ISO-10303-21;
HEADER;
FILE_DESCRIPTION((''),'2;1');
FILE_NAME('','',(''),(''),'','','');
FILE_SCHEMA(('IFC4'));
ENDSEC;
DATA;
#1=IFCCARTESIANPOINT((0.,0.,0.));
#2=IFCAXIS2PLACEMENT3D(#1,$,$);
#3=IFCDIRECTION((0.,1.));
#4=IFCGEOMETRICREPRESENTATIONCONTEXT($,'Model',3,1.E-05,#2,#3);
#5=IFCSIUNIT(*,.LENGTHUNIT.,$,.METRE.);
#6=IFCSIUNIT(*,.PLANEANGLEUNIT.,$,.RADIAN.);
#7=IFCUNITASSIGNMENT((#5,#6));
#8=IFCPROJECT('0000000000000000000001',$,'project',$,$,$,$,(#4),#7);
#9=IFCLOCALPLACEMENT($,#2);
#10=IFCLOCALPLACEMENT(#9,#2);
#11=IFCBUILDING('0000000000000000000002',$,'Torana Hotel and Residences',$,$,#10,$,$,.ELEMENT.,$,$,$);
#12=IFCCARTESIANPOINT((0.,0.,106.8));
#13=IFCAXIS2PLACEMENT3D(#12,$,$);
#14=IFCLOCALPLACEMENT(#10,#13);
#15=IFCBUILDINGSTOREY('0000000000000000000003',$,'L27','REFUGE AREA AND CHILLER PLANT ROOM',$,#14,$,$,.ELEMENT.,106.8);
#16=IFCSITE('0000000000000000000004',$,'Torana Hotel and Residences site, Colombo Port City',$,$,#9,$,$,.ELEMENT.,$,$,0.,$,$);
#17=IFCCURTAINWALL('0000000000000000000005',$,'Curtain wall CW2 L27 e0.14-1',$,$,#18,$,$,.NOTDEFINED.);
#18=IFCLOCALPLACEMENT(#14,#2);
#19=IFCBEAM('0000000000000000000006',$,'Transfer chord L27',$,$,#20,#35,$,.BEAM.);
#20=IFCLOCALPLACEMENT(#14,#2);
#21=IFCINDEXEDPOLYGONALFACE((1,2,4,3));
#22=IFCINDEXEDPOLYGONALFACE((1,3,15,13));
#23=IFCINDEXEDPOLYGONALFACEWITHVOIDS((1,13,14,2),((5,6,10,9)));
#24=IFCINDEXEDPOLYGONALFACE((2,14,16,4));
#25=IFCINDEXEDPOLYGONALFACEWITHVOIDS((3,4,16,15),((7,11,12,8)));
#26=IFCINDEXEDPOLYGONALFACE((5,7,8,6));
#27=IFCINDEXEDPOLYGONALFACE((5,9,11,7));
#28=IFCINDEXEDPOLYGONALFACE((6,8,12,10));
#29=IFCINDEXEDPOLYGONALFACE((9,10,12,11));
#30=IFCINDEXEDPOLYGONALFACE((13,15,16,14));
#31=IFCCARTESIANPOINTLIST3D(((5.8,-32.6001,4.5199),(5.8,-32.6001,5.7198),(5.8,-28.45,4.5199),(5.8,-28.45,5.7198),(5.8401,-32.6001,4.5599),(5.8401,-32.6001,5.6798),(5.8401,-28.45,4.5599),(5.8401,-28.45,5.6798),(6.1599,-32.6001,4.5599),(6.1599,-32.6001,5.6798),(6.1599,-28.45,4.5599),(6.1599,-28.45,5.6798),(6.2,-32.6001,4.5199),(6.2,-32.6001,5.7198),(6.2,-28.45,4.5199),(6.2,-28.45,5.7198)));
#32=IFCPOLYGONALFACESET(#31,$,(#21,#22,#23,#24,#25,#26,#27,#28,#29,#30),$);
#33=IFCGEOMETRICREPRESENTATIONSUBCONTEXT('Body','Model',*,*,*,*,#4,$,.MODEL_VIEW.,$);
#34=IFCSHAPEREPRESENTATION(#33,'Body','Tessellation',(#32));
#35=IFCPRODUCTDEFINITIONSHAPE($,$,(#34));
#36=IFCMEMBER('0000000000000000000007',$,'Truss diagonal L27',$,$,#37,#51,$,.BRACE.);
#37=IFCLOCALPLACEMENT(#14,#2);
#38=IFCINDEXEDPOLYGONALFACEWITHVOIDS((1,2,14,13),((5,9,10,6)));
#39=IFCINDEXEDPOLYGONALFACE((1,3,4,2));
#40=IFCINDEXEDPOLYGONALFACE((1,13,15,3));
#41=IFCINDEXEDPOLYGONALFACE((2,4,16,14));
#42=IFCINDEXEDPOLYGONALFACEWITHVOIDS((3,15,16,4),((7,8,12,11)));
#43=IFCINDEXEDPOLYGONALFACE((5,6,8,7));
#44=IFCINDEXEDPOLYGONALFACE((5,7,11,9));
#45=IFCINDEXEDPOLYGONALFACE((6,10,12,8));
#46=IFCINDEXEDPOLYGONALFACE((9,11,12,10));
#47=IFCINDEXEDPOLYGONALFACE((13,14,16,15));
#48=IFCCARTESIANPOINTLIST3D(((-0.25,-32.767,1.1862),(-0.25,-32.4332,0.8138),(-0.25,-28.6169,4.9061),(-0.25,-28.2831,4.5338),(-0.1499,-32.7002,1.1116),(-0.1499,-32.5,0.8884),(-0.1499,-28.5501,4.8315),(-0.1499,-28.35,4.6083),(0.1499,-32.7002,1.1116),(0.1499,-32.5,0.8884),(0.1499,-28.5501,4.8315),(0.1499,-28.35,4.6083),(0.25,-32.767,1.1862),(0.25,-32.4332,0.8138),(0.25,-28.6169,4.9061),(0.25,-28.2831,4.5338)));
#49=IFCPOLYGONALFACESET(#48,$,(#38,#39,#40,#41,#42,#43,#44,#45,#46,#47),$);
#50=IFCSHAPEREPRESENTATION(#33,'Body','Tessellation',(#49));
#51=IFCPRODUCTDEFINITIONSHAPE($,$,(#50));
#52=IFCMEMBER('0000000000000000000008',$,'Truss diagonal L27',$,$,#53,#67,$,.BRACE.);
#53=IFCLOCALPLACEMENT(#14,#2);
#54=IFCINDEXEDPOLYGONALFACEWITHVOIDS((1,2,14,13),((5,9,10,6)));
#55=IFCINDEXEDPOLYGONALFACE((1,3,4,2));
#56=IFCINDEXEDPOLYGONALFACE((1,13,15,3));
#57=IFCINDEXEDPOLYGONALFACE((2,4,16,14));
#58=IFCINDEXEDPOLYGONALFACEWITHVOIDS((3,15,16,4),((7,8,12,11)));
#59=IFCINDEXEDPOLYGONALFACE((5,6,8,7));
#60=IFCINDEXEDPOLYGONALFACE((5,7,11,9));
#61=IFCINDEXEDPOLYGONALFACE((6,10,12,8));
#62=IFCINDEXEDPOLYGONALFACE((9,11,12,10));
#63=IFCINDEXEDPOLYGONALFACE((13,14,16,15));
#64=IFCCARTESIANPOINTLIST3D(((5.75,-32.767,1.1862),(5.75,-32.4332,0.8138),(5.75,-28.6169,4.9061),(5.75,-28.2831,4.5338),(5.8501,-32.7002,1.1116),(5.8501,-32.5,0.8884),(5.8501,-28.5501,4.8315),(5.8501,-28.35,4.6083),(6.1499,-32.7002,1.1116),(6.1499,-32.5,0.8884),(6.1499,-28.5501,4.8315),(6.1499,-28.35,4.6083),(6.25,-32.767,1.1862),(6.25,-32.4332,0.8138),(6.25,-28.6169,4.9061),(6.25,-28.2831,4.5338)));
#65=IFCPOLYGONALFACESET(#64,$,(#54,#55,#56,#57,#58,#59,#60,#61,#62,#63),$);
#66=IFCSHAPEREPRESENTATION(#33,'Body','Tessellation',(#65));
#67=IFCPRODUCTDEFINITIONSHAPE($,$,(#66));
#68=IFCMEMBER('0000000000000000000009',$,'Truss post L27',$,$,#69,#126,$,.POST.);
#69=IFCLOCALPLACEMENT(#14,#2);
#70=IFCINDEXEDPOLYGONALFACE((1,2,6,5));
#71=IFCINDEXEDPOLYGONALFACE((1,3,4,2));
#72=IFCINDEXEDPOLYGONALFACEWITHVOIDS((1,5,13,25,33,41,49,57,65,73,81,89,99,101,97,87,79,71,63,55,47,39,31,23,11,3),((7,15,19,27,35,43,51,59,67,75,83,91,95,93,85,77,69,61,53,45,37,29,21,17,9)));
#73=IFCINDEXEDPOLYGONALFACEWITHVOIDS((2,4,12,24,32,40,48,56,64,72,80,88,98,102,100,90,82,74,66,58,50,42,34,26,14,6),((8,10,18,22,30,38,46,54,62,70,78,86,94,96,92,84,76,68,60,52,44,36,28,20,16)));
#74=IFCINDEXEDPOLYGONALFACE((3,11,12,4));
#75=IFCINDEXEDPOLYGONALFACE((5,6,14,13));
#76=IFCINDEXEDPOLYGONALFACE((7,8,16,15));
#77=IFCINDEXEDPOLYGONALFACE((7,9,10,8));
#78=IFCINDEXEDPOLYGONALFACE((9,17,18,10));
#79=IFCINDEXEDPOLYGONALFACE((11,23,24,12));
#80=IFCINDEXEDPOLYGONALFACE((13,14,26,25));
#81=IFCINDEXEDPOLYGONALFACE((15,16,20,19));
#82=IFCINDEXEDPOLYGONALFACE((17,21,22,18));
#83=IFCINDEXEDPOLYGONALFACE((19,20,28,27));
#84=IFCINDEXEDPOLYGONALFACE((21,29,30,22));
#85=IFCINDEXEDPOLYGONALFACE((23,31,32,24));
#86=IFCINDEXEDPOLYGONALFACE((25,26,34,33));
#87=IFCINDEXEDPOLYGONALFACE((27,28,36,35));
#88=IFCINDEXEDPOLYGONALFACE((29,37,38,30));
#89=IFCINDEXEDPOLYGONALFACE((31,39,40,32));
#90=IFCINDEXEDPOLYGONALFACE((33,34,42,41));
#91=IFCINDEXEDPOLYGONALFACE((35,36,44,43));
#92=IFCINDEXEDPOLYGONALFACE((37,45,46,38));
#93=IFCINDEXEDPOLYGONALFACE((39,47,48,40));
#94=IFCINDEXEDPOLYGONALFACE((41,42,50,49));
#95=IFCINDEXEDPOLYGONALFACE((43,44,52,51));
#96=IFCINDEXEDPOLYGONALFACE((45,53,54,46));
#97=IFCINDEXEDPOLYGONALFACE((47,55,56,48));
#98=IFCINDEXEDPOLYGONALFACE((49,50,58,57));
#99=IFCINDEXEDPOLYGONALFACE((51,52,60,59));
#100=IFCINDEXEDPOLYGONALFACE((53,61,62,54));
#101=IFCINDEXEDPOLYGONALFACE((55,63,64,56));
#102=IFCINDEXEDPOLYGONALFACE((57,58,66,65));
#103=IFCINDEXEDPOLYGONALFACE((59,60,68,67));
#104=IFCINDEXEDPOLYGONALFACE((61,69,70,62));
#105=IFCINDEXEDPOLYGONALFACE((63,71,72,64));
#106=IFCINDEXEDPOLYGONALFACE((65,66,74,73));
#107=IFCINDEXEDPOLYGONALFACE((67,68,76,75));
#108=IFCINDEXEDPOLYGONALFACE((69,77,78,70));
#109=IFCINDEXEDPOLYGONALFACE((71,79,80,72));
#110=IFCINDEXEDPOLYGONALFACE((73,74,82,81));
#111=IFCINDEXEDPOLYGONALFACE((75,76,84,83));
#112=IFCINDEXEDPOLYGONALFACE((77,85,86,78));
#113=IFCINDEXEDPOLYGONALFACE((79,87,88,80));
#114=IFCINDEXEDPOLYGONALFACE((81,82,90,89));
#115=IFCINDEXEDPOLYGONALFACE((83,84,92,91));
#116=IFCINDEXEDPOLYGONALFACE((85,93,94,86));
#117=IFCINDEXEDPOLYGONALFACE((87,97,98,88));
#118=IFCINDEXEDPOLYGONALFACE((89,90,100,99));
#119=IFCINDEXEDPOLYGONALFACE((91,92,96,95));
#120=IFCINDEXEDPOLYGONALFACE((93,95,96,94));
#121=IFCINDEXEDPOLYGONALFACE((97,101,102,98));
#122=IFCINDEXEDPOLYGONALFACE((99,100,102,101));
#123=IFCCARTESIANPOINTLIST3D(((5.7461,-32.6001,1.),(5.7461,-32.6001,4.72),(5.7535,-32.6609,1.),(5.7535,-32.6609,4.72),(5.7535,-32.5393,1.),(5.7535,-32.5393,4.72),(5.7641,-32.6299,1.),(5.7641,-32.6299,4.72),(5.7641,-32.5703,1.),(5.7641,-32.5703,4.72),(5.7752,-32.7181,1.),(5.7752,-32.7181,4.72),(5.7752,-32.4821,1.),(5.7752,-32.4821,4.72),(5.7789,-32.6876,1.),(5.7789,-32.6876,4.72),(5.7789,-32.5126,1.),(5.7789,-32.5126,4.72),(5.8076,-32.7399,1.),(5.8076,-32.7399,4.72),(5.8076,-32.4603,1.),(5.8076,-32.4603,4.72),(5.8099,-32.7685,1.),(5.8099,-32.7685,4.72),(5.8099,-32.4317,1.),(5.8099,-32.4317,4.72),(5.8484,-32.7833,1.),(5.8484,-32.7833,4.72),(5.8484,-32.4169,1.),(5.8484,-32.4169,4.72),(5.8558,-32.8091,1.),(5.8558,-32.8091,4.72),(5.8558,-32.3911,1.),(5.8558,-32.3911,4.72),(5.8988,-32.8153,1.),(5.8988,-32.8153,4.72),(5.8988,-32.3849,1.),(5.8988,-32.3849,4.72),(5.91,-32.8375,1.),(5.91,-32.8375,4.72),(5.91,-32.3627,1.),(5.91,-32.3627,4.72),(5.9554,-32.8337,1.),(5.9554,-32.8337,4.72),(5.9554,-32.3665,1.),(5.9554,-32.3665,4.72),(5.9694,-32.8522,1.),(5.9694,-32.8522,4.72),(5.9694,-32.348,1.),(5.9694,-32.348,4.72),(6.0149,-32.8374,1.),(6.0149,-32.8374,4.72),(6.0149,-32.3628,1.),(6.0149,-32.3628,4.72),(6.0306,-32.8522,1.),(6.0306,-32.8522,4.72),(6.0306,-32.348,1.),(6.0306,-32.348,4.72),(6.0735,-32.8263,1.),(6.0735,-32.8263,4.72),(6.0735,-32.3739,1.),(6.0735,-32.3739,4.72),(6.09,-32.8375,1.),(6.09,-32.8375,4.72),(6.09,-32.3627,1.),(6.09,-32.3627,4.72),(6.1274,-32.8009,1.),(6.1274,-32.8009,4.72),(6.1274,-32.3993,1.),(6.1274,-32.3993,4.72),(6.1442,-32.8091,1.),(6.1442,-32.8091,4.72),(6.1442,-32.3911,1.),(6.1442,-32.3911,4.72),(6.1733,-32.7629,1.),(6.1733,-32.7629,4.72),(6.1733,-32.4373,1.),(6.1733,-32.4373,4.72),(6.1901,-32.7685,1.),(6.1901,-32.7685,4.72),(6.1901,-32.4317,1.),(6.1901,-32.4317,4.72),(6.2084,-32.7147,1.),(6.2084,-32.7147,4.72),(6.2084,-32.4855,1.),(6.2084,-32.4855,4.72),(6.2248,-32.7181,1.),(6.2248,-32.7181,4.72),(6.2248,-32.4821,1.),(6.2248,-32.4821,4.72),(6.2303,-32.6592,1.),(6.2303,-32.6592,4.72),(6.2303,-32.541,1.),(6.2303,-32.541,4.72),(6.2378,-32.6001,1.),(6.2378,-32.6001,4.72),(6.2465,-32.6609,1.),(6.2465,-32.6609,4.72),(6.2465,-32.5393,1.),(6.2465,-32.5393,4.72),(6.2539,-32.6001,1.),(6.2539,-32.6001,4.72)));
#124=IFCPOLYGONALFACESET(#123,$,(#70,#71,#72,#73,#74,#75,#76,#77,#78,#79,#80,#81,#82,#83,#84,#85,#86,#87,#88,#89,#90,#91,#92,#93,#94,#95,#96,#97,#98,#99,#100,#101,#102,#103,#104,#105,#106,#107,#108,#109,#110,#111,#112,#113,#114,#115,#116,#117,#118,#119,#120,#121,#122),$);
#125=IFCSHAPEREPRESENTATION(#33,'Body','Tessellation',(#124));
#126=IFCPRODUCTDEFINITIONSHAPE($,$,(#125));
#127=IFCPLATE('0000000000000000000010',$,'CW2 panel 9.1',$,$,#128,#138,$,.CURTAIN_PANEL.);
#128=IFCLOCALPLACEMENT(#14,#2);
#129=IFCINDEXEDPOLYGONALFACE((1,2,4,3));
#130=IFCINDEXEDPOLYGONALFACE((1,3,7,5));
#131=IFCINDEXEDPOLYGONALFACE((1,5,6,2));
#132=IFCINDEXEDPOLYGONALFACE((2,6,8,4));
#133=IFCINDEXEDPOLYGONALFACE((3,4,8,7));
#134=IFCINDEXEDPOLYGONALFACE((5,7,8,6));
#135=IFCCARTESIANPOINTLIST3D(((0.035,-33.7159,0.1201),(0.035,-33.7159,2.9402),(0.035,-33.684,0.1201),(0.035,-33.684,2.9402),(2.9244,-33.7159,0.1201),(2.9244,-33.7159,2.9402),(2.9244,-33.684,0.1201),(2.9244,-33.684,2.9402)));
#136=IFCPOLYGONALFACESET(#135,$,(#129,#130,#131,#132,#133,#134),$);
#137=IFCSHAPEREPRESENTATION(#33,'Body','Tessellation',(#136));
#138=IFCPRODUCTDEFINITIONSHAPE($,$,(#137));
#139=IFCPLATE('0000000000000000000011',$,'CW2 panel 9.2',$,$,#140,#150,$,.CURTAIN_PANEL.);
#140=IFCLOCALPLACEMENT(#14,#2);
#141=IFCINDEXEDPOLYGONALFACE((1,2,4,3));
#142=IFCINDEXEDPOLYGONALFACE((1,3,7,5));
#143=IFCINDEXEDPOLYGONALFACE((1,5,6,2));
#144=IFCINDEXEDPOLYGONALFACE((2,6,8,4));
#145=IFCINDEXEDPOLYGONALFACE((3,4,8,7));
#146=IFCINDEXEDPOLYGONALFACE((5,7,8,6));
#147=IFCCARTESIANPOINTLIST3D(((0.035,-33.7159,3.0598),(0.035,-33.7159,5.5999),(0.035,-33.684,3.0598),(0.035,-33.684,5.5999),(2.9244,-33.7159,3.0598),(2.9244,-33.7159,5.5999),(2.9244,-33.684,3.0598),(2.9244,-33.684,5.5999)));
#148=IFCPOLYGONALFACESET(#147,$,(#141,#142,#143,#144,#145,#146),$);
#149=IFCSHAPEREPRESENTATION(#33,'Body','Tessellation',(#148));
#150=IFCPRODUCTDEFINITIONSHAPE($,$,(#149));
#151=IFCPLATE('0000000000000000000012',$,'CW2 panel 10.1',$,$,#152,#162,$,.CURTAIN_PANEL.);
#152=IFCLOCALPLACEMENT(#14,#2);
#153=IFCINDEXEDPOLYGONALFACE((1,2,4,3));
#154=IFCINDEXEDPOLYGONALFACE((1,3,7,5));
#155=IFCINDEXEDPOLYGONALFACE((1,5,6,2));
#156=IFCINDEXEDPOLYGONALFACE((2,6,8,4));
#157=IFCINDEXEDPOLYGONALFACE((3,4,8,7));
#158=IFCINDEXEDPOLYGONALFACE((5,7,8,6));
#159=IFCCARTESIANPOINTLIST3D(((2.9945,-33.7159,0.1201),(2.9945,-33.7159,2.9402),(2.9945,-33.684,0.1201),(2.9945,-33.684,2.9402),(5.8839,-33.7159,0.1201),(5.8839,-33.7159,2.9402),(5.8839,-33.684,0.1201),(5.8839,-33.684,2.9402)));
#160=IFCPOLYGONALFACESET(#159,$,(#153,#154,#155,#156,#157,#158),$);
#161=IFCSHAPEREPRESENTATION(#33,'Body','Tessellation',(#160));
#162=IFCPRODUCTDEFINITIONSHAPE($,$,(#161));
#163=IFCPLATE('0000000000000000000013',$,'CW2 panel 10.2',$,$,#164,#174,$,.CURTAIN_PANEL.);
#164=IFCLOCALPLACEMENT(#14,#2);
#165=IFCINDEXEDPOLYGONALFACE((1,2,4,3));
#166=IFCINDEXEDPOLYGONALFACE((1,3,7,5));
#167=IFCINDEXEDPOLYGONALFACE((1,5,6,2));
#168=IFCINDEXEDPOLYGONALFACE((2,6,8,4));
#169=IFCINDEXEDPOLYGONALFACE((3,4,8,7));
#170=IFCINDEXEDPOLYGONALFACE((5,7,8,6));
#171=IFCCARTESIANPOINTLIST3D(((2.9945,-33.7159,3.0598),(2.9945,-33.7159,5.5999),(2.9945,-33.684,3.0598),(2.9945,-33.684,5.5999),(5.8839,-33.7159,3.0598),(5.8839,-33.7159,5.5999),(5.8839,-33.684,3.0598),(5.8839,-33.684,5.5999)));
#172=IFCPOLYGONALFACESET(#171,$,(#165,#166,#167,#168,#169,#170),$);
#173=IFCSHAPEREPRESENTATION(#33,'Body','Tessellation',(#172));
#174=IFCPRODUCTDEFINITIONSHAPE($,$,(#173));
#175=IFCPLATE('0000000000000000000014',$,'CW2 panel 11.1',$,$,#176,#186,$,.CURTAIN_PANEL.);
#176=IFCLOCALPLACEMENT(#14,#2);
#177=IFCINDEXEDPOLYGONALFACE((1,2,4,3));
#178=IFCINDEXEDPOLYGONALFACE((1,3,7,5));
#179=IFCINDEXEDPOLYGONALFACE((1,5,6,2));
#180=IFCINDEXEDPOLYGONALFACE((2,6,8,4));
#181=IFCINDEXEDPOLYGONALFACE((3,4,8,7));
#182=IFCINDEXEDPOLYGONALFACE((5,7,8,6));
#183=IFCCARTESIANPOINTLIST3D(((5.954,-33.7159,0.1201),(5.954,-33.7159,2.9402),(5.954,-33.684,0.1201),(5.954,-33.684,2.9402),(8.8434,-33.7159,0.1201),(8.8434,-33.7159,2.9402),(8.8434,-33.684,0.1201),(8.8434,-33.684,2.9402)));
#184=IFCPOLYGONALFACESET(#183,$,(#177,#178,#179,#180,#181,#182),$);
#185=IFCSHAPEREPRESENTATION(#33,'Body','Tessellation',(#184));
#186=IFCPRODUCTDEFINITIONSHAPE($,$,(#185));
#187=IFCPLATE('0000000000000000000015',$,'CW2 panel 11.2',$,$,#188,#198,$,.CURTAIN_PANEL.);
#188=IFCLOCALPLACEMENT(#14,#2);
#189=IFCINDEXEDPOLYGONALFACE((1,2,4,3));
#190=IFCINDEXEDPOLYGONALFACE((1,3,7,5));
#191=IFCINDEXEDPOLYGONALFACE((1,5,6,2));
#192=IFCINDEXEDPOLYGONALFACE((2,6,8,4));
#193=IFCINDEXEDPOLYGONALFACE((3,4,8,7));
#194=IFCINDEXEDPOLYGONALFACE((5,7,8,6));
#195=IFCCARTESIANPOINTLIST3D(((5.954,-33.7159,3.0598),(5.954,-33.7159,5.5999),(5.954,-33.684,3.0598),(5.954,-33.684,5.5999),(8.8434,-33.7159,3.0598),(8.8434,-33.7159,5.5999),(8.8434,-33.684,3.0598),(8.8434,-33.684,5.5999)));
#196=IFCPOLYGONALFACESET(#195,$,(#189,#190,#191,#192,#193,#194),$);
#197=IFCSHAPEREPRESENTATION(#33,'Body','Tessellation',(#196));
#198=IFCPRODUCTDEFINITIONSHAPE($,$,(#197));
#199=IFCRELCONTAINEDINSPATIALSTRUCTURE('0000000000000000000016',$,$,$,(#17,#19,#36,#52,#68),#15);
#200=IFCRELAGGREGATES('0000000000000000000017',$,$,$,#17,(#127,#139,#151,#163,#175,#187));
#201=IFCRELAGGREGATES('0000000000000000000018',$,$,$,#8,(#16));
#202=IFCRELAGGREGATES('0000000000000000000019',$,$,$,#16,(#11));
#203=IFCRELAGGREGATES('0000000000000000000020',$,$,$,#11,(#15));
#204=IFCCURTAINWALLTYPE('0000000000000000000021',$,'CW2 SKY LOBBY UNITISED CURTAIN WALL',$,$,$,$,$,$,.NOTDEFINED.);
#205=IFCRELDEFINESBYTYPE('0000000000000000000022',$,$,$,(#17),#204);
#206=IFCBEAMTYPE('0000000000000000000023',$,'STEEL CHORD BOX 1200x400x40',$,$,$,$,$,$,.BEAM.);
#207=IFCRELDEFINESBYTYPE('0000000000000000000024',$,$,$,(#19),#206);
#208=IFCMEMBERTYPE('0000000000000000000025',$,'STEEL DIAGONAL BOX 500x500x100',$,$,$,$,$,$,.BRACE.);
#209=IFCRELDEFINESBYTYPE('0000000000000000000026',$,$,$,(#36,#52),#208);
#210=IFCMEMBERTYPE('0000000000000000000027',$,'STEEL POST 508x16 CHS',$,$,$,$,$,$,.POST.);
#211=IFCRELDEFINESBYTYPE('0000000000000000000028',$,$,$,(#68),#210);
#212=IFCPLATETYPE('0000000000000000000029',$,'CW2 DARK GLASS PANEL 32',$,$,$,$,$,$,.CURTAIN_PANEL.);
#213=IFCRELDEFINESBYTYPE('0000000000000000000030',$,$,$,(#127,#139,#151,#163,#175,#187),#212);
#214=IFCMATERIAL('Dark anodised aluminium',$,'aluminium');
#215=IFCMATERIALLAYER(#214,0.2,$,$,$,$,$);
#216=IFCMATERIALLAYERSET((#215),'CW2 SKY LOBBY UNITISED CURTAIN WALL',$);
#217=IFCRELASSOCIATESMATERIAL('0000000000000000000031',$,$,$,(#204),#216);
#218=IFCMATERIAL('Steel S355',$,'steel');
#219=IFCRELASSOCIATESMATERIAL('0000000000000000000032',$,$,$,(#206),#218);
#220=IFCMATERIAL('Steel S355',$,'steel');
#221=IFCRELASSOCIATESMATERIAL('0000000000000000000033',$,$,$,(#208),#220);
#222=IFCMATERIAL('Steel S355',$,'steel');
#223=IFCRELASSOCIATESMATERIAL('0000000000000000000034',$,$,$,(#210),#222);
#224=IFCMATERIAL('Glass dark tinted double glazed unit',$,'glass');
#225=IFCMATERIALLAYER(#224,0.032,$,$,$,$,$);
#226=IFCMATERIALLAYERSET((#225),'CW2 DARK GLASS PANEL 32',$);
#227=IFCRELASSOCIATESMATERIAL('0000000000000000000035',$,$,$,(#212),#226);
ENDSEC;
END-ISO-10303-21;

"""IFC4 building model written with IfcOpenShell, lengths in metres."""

from ifc_helpers import new_model, si_unit, direction, frame, origin, origin_2d, place, context, subcontext, project, spatial, rectangle, hollow_rectangle, hollow_circle, extrude, material, layer, layer_set, material_profile, profile_set, type_object, element, aggregate, save


model = new_model("IFC4")

# Units and contexts
model_context = context("Model", 3, precision=1e-05, world=origin(), true_north=direction((0.0, 1.0)))
body_context = subcontext(model_context, "Body", "Model", "MODEL_VIEW")
ifc_project = project(units=[si_unit("LENGTHUNIT", "METRE"), si_unit("PLANEANGLEUNIT", "RADIAN")], contexts=[model_context])

# Site, building, storey
site_placement = place(None, origin())
site = spatial("IfcSite", under=ifc_project, at=site_placement, Name="Torana Hotel and Residences site, Colombo Port City", CompositionType="ELEMENT", RefElevation=0.0)
building_placement = place(site_placement, origin())
building = spatial("IfcBuilding", under=site, at=building_placement, Name="Torana Hotel and Residences", CompositionType="ELEMENT")
storey_placement = place(building_placement, frame((0.0, 0.0, 106.8)))
storey = spatial("IfcBuildingStorey", under=building, at=storey_placement, Name="L27", Description="REFUGE AREA AND CHILLER PLANT ROOM", CompositionType="ELEMENT", Elevation=106.8)

# Curtain wall
ifc_material_1 = material(Name="Dark anodised aluminium", Category="aluminium")
ifc_layer_1 = layer(ifc_material_1, 0.2)
ifc_layer_set_1 = layer_set([ifc_layer_1], Name="CW2 SKY LOBBY UNITISED CURTAIN WALL")
curtain_wall_type = type_object("IfcCurtainWallType", Name="CW2 SKY LOBBY UNITISED CURTAIN WALL", PredefinedType="NOTDEFINED", material=ifc_layer_set_1)
curtain_wall_placement = place(storey_placement, origin())
curtain_wall = element("IfcCurtainWall", 1, at=curtain_wall_placement, inside=storey, type_object=curtain_wall_type, Name="Curtain wall CW2 L27 e0.14-1", PredefinedType="NOTDEFINED")

# Beam
ifc_material_2 = material(Name="Steel S355", Category="steel")
ifc_material_profile_1 = material_profile(ifc_material_2, hollow_rectangle(XDim=0.3999, YDim=1.2, WallThickness=0.04, at=origin_2d()), Name="BOX 1200x400x40")
ifc_profile_set_1 = profile_set([ifc_material_profile_1], Name="Steel S355")
beam_type = type_object("IfcBeamType", Name="STEEL CHORD BOX 1200x400x40", PredefinedType="BEAM", material=ifc_profile_set_1)
for number, where, z_axis, x_axis, name in (
    (2, (6.0, -32.6001, 5.1199), (0.0, 1.0, 0.0), (-1.0, 0.0, 0.0), "Transfer chord L27"),
):
    element("IfcBeam", number, at=place(storey_placement, frame(where, z_axis=z_axis, x_axis=x_axis)), inside=storey, type_object=beam_type, Name=name, PredefinedType="BEAM", context=body_context, shape_type="SweptSolid", body=[
        extrude(hollow_rectangle(XDim=0.3999, YDim=1.2, WallThickness=0.04, at=origin_2d()), origin(), (0.0, 0.0, 1.0), 4.1501),
    ])

# Members
ifc_material_3 = material(Name="Steel S355", Category="steel")
ifc_material_profile_2 = material_profile(ifc_material_3, hollow_rectangle(XDim=0.5, YDim=0.5, WallThickness=0.1001, at=origin_2d()), Name="BOX 500x500x100")
ifc_profile_set_2 = profile_set([ifc_material_profile_2], Name="Steel S355")
member_type_1 = type_object("IfcMemberType", Name="STEEL DIAGONAL BOX 500x500x100", PredefinedType="BRACE", material=ifc_profile_set_2)
for number, where, z_axis, x_axis, name in (
    (3, (0.0, -32.6001, 1.0), (0.0, 0.744645, 0.66746), (-1.0, 0.0, 0.0), "Truss diagonal L27"),
    (4, (6.0, -32.6001, 1.0), (0.0, 0.744645, 0.66746), (-1.0, 0.0, 0.0), "Truss diagonal L27"),
):
    element("IfcMember", number, at=place(storey_placement, frame(where, z_axis=z_axis, x_axis=x_axis)), inside=storey, type_object=member_type_1, Name=name, PredefinedType="BRACE", context=body_context, shape_type="SweptSolid", body=[
        extrude(hollow_rectangle(XDim=0.5, YDim=0.5, WallThickness=0.1001, at=origin_2d()), origin(), (0.0, 0.0, 1.0), 5.5732),
    ])
ifc_material_4 = material(Name="Steel S355", Category="steel")
ifc_material_profile_3 = material_profile(ifc_material_4, hollow_circle(Radius=0.2539, WallThickness=0.0161, at=origin_2d()), Name="508x16 CHS")
ifc_profile_set_3 = profile_set([ifc_material_profile_3], Name="Steel S355")
member_type_2 = type_object("IfcMemberType", Name="STEEL POST 508x16 CHS", PredefinedType="POST", material=ifc_profile_set_3)
member_1_placement = place(storey_placement, frame((6.0, -32.6001, 1.0), z_axis=(0.0, 0.0, 1.0), x_axis=(1.0, 0.0, 0.0)))
element("IfcMember", 5, at=member_1_placement, inside=storey, type_object=member_type_2, Name="Truss post L27", PredefinedType="POST", context=body_context, shape_type="SweptSolid", body=[
    extrude(hollow_circle(Radius=0.2539, WallThickness=0.0161, at=origin_2d()), origin(), (0.0, 0.0, 1.0), 3.72),
])

# Plates
ifc_material_5 = material(Name="Glass dark tinted double glazed unit", Category="glass")
ifc_layer_2 = layer(ifc_material_5, 0.032)
ifc_layer_set_2 = layer_set([ifc_layer_2], Name="CW2 DARK GLASS PANEL 32")
plate_type = type_object("IfcPlateType", Name="CW2 DARK GLASS PANEL 32", PredefinedType="CURTAIN_PANEL", material=ifc_layer_set_2)
plate_1_placement = place(storey_placement, frame((1.4797, -33.7, 0.1201), z_axis=(0.0, 0.0, 1.0), x_axis=(1.0, 0.0, 0.0)))
plate_1 = element("IfcPlate", 6, at=plate_1_placement, type_object=plate_type, Name="CW2 panel 9.1", PredefinedType="CURTAIN_PANEL", context=body_context, shape_type="SweptSolid", body=[
    extrude(rectangle(XDim=2.8894, YDim=0.032, at=origin_2d()), origin(), (0.0, 0.0, 1.0), 2.8201),
])
plate_2_placement = place(storey_placement, frame((1.4797, -33.7, 3.0598), z_axis=(0.0, 0.0, 1.0), x_axis=(1.0, 0.0, 0.0)))
plate_2 = element("IfcPlate", 7, at=plate_2_placement, type_object=plate_type, Name="CW2 panel 9.2", PredefinedType="CURTAIN_PANEL", context=body_context, shape_type="SweptSolid", body=[
    extrude(rectangle(XDim=2.8894, YDim=0.032, at=origin_2d()), origin(), (0.0, 0.0, 1.0), 2.54),
])
plate_3_placement = place(storey_placement, frame((4.4392, -33.7, 0.1201), z_axis=(0.0, 0.0, 1.0), x_axis=(1.0, 0.0, 0.0)))
plate_3 = element("IfcPlate", 8, at=plate_3_placement, type_object=plate_type, Name="CW2 panel 10.1", PredefinedType="CURTAIN_PANEL", context=body_context, shape_type="SweptSolid", body=[
    extrude(rectangle(XDim=2.8894, YDim=0.032, at=origin_2d()), origin(), (0.0, 0.0, 1.0), 2.8201),
])
plate_4_placement = place(storey_placement, frame((4.4392, -33.7, 3.0598), z_axis=(0.0, 0.0, 1.0), x_axis=(1.0, 0.0, 0.0)))
plate_4 = element("IfcPlate", 9, at=plate_4_placement, type_object=plate_type, Name="CW2 panel 10.2", PredefinedType="CURTAIN_PANEL", context=body_context, shape_type="SweptSolid", body=[
    extrude(rectangle(XDim=2.8894, YDim=0.032, at=origin_2d()), origin(), (0.0, 0.0, 1.0), 2.54),
])
plate_5_placement = place(storey_placement, frame((7.3987, -33.7, 0.1201), z_axis=(0.0, 0.0, 1.0), x_axis=(1.0, 0.0, 0.0)))
plate_5 = element("IfcPlate", 10, at=plate_5_placement, type_object=plate_type, Name="CW2 panel 11.1", PredefinedType="CURTAIN_PANEL", context=body_context, shape_type="SweptSolid", body=[
    extrude(rectangle(XDim=2.8894, YDim=0.032, at=origin_2d()), origin(), (0.0, 0.0, 1.0), 2.8201),
])
plate_6_placement = place(storey_placement, frame((7.3987, -33.7, 3.0598), z_axis=(0.0, 0.0, 1.0), x_axis=(1.0, 0.0, 0.0)))
plate_6 = element("IfcPlate", 11, at=plate_6_placement, type_object=plate_type, Name="CW2 panel 11.2", PredefinedType="CURTAIN_PANEL", context=body_context, shape_type="SweptSolid", body=[
    extrude(rectangle(XDim=2.8894, YDim=0.032, at=origin_2d()), origin(), (0.0, 0.0, 1.0), 2.54),
])
aggregate(curtain_wall, [plate_1, plate_2, plate_3, plate_4, plate_5, plate_6])

save(model, "model.ifc")
